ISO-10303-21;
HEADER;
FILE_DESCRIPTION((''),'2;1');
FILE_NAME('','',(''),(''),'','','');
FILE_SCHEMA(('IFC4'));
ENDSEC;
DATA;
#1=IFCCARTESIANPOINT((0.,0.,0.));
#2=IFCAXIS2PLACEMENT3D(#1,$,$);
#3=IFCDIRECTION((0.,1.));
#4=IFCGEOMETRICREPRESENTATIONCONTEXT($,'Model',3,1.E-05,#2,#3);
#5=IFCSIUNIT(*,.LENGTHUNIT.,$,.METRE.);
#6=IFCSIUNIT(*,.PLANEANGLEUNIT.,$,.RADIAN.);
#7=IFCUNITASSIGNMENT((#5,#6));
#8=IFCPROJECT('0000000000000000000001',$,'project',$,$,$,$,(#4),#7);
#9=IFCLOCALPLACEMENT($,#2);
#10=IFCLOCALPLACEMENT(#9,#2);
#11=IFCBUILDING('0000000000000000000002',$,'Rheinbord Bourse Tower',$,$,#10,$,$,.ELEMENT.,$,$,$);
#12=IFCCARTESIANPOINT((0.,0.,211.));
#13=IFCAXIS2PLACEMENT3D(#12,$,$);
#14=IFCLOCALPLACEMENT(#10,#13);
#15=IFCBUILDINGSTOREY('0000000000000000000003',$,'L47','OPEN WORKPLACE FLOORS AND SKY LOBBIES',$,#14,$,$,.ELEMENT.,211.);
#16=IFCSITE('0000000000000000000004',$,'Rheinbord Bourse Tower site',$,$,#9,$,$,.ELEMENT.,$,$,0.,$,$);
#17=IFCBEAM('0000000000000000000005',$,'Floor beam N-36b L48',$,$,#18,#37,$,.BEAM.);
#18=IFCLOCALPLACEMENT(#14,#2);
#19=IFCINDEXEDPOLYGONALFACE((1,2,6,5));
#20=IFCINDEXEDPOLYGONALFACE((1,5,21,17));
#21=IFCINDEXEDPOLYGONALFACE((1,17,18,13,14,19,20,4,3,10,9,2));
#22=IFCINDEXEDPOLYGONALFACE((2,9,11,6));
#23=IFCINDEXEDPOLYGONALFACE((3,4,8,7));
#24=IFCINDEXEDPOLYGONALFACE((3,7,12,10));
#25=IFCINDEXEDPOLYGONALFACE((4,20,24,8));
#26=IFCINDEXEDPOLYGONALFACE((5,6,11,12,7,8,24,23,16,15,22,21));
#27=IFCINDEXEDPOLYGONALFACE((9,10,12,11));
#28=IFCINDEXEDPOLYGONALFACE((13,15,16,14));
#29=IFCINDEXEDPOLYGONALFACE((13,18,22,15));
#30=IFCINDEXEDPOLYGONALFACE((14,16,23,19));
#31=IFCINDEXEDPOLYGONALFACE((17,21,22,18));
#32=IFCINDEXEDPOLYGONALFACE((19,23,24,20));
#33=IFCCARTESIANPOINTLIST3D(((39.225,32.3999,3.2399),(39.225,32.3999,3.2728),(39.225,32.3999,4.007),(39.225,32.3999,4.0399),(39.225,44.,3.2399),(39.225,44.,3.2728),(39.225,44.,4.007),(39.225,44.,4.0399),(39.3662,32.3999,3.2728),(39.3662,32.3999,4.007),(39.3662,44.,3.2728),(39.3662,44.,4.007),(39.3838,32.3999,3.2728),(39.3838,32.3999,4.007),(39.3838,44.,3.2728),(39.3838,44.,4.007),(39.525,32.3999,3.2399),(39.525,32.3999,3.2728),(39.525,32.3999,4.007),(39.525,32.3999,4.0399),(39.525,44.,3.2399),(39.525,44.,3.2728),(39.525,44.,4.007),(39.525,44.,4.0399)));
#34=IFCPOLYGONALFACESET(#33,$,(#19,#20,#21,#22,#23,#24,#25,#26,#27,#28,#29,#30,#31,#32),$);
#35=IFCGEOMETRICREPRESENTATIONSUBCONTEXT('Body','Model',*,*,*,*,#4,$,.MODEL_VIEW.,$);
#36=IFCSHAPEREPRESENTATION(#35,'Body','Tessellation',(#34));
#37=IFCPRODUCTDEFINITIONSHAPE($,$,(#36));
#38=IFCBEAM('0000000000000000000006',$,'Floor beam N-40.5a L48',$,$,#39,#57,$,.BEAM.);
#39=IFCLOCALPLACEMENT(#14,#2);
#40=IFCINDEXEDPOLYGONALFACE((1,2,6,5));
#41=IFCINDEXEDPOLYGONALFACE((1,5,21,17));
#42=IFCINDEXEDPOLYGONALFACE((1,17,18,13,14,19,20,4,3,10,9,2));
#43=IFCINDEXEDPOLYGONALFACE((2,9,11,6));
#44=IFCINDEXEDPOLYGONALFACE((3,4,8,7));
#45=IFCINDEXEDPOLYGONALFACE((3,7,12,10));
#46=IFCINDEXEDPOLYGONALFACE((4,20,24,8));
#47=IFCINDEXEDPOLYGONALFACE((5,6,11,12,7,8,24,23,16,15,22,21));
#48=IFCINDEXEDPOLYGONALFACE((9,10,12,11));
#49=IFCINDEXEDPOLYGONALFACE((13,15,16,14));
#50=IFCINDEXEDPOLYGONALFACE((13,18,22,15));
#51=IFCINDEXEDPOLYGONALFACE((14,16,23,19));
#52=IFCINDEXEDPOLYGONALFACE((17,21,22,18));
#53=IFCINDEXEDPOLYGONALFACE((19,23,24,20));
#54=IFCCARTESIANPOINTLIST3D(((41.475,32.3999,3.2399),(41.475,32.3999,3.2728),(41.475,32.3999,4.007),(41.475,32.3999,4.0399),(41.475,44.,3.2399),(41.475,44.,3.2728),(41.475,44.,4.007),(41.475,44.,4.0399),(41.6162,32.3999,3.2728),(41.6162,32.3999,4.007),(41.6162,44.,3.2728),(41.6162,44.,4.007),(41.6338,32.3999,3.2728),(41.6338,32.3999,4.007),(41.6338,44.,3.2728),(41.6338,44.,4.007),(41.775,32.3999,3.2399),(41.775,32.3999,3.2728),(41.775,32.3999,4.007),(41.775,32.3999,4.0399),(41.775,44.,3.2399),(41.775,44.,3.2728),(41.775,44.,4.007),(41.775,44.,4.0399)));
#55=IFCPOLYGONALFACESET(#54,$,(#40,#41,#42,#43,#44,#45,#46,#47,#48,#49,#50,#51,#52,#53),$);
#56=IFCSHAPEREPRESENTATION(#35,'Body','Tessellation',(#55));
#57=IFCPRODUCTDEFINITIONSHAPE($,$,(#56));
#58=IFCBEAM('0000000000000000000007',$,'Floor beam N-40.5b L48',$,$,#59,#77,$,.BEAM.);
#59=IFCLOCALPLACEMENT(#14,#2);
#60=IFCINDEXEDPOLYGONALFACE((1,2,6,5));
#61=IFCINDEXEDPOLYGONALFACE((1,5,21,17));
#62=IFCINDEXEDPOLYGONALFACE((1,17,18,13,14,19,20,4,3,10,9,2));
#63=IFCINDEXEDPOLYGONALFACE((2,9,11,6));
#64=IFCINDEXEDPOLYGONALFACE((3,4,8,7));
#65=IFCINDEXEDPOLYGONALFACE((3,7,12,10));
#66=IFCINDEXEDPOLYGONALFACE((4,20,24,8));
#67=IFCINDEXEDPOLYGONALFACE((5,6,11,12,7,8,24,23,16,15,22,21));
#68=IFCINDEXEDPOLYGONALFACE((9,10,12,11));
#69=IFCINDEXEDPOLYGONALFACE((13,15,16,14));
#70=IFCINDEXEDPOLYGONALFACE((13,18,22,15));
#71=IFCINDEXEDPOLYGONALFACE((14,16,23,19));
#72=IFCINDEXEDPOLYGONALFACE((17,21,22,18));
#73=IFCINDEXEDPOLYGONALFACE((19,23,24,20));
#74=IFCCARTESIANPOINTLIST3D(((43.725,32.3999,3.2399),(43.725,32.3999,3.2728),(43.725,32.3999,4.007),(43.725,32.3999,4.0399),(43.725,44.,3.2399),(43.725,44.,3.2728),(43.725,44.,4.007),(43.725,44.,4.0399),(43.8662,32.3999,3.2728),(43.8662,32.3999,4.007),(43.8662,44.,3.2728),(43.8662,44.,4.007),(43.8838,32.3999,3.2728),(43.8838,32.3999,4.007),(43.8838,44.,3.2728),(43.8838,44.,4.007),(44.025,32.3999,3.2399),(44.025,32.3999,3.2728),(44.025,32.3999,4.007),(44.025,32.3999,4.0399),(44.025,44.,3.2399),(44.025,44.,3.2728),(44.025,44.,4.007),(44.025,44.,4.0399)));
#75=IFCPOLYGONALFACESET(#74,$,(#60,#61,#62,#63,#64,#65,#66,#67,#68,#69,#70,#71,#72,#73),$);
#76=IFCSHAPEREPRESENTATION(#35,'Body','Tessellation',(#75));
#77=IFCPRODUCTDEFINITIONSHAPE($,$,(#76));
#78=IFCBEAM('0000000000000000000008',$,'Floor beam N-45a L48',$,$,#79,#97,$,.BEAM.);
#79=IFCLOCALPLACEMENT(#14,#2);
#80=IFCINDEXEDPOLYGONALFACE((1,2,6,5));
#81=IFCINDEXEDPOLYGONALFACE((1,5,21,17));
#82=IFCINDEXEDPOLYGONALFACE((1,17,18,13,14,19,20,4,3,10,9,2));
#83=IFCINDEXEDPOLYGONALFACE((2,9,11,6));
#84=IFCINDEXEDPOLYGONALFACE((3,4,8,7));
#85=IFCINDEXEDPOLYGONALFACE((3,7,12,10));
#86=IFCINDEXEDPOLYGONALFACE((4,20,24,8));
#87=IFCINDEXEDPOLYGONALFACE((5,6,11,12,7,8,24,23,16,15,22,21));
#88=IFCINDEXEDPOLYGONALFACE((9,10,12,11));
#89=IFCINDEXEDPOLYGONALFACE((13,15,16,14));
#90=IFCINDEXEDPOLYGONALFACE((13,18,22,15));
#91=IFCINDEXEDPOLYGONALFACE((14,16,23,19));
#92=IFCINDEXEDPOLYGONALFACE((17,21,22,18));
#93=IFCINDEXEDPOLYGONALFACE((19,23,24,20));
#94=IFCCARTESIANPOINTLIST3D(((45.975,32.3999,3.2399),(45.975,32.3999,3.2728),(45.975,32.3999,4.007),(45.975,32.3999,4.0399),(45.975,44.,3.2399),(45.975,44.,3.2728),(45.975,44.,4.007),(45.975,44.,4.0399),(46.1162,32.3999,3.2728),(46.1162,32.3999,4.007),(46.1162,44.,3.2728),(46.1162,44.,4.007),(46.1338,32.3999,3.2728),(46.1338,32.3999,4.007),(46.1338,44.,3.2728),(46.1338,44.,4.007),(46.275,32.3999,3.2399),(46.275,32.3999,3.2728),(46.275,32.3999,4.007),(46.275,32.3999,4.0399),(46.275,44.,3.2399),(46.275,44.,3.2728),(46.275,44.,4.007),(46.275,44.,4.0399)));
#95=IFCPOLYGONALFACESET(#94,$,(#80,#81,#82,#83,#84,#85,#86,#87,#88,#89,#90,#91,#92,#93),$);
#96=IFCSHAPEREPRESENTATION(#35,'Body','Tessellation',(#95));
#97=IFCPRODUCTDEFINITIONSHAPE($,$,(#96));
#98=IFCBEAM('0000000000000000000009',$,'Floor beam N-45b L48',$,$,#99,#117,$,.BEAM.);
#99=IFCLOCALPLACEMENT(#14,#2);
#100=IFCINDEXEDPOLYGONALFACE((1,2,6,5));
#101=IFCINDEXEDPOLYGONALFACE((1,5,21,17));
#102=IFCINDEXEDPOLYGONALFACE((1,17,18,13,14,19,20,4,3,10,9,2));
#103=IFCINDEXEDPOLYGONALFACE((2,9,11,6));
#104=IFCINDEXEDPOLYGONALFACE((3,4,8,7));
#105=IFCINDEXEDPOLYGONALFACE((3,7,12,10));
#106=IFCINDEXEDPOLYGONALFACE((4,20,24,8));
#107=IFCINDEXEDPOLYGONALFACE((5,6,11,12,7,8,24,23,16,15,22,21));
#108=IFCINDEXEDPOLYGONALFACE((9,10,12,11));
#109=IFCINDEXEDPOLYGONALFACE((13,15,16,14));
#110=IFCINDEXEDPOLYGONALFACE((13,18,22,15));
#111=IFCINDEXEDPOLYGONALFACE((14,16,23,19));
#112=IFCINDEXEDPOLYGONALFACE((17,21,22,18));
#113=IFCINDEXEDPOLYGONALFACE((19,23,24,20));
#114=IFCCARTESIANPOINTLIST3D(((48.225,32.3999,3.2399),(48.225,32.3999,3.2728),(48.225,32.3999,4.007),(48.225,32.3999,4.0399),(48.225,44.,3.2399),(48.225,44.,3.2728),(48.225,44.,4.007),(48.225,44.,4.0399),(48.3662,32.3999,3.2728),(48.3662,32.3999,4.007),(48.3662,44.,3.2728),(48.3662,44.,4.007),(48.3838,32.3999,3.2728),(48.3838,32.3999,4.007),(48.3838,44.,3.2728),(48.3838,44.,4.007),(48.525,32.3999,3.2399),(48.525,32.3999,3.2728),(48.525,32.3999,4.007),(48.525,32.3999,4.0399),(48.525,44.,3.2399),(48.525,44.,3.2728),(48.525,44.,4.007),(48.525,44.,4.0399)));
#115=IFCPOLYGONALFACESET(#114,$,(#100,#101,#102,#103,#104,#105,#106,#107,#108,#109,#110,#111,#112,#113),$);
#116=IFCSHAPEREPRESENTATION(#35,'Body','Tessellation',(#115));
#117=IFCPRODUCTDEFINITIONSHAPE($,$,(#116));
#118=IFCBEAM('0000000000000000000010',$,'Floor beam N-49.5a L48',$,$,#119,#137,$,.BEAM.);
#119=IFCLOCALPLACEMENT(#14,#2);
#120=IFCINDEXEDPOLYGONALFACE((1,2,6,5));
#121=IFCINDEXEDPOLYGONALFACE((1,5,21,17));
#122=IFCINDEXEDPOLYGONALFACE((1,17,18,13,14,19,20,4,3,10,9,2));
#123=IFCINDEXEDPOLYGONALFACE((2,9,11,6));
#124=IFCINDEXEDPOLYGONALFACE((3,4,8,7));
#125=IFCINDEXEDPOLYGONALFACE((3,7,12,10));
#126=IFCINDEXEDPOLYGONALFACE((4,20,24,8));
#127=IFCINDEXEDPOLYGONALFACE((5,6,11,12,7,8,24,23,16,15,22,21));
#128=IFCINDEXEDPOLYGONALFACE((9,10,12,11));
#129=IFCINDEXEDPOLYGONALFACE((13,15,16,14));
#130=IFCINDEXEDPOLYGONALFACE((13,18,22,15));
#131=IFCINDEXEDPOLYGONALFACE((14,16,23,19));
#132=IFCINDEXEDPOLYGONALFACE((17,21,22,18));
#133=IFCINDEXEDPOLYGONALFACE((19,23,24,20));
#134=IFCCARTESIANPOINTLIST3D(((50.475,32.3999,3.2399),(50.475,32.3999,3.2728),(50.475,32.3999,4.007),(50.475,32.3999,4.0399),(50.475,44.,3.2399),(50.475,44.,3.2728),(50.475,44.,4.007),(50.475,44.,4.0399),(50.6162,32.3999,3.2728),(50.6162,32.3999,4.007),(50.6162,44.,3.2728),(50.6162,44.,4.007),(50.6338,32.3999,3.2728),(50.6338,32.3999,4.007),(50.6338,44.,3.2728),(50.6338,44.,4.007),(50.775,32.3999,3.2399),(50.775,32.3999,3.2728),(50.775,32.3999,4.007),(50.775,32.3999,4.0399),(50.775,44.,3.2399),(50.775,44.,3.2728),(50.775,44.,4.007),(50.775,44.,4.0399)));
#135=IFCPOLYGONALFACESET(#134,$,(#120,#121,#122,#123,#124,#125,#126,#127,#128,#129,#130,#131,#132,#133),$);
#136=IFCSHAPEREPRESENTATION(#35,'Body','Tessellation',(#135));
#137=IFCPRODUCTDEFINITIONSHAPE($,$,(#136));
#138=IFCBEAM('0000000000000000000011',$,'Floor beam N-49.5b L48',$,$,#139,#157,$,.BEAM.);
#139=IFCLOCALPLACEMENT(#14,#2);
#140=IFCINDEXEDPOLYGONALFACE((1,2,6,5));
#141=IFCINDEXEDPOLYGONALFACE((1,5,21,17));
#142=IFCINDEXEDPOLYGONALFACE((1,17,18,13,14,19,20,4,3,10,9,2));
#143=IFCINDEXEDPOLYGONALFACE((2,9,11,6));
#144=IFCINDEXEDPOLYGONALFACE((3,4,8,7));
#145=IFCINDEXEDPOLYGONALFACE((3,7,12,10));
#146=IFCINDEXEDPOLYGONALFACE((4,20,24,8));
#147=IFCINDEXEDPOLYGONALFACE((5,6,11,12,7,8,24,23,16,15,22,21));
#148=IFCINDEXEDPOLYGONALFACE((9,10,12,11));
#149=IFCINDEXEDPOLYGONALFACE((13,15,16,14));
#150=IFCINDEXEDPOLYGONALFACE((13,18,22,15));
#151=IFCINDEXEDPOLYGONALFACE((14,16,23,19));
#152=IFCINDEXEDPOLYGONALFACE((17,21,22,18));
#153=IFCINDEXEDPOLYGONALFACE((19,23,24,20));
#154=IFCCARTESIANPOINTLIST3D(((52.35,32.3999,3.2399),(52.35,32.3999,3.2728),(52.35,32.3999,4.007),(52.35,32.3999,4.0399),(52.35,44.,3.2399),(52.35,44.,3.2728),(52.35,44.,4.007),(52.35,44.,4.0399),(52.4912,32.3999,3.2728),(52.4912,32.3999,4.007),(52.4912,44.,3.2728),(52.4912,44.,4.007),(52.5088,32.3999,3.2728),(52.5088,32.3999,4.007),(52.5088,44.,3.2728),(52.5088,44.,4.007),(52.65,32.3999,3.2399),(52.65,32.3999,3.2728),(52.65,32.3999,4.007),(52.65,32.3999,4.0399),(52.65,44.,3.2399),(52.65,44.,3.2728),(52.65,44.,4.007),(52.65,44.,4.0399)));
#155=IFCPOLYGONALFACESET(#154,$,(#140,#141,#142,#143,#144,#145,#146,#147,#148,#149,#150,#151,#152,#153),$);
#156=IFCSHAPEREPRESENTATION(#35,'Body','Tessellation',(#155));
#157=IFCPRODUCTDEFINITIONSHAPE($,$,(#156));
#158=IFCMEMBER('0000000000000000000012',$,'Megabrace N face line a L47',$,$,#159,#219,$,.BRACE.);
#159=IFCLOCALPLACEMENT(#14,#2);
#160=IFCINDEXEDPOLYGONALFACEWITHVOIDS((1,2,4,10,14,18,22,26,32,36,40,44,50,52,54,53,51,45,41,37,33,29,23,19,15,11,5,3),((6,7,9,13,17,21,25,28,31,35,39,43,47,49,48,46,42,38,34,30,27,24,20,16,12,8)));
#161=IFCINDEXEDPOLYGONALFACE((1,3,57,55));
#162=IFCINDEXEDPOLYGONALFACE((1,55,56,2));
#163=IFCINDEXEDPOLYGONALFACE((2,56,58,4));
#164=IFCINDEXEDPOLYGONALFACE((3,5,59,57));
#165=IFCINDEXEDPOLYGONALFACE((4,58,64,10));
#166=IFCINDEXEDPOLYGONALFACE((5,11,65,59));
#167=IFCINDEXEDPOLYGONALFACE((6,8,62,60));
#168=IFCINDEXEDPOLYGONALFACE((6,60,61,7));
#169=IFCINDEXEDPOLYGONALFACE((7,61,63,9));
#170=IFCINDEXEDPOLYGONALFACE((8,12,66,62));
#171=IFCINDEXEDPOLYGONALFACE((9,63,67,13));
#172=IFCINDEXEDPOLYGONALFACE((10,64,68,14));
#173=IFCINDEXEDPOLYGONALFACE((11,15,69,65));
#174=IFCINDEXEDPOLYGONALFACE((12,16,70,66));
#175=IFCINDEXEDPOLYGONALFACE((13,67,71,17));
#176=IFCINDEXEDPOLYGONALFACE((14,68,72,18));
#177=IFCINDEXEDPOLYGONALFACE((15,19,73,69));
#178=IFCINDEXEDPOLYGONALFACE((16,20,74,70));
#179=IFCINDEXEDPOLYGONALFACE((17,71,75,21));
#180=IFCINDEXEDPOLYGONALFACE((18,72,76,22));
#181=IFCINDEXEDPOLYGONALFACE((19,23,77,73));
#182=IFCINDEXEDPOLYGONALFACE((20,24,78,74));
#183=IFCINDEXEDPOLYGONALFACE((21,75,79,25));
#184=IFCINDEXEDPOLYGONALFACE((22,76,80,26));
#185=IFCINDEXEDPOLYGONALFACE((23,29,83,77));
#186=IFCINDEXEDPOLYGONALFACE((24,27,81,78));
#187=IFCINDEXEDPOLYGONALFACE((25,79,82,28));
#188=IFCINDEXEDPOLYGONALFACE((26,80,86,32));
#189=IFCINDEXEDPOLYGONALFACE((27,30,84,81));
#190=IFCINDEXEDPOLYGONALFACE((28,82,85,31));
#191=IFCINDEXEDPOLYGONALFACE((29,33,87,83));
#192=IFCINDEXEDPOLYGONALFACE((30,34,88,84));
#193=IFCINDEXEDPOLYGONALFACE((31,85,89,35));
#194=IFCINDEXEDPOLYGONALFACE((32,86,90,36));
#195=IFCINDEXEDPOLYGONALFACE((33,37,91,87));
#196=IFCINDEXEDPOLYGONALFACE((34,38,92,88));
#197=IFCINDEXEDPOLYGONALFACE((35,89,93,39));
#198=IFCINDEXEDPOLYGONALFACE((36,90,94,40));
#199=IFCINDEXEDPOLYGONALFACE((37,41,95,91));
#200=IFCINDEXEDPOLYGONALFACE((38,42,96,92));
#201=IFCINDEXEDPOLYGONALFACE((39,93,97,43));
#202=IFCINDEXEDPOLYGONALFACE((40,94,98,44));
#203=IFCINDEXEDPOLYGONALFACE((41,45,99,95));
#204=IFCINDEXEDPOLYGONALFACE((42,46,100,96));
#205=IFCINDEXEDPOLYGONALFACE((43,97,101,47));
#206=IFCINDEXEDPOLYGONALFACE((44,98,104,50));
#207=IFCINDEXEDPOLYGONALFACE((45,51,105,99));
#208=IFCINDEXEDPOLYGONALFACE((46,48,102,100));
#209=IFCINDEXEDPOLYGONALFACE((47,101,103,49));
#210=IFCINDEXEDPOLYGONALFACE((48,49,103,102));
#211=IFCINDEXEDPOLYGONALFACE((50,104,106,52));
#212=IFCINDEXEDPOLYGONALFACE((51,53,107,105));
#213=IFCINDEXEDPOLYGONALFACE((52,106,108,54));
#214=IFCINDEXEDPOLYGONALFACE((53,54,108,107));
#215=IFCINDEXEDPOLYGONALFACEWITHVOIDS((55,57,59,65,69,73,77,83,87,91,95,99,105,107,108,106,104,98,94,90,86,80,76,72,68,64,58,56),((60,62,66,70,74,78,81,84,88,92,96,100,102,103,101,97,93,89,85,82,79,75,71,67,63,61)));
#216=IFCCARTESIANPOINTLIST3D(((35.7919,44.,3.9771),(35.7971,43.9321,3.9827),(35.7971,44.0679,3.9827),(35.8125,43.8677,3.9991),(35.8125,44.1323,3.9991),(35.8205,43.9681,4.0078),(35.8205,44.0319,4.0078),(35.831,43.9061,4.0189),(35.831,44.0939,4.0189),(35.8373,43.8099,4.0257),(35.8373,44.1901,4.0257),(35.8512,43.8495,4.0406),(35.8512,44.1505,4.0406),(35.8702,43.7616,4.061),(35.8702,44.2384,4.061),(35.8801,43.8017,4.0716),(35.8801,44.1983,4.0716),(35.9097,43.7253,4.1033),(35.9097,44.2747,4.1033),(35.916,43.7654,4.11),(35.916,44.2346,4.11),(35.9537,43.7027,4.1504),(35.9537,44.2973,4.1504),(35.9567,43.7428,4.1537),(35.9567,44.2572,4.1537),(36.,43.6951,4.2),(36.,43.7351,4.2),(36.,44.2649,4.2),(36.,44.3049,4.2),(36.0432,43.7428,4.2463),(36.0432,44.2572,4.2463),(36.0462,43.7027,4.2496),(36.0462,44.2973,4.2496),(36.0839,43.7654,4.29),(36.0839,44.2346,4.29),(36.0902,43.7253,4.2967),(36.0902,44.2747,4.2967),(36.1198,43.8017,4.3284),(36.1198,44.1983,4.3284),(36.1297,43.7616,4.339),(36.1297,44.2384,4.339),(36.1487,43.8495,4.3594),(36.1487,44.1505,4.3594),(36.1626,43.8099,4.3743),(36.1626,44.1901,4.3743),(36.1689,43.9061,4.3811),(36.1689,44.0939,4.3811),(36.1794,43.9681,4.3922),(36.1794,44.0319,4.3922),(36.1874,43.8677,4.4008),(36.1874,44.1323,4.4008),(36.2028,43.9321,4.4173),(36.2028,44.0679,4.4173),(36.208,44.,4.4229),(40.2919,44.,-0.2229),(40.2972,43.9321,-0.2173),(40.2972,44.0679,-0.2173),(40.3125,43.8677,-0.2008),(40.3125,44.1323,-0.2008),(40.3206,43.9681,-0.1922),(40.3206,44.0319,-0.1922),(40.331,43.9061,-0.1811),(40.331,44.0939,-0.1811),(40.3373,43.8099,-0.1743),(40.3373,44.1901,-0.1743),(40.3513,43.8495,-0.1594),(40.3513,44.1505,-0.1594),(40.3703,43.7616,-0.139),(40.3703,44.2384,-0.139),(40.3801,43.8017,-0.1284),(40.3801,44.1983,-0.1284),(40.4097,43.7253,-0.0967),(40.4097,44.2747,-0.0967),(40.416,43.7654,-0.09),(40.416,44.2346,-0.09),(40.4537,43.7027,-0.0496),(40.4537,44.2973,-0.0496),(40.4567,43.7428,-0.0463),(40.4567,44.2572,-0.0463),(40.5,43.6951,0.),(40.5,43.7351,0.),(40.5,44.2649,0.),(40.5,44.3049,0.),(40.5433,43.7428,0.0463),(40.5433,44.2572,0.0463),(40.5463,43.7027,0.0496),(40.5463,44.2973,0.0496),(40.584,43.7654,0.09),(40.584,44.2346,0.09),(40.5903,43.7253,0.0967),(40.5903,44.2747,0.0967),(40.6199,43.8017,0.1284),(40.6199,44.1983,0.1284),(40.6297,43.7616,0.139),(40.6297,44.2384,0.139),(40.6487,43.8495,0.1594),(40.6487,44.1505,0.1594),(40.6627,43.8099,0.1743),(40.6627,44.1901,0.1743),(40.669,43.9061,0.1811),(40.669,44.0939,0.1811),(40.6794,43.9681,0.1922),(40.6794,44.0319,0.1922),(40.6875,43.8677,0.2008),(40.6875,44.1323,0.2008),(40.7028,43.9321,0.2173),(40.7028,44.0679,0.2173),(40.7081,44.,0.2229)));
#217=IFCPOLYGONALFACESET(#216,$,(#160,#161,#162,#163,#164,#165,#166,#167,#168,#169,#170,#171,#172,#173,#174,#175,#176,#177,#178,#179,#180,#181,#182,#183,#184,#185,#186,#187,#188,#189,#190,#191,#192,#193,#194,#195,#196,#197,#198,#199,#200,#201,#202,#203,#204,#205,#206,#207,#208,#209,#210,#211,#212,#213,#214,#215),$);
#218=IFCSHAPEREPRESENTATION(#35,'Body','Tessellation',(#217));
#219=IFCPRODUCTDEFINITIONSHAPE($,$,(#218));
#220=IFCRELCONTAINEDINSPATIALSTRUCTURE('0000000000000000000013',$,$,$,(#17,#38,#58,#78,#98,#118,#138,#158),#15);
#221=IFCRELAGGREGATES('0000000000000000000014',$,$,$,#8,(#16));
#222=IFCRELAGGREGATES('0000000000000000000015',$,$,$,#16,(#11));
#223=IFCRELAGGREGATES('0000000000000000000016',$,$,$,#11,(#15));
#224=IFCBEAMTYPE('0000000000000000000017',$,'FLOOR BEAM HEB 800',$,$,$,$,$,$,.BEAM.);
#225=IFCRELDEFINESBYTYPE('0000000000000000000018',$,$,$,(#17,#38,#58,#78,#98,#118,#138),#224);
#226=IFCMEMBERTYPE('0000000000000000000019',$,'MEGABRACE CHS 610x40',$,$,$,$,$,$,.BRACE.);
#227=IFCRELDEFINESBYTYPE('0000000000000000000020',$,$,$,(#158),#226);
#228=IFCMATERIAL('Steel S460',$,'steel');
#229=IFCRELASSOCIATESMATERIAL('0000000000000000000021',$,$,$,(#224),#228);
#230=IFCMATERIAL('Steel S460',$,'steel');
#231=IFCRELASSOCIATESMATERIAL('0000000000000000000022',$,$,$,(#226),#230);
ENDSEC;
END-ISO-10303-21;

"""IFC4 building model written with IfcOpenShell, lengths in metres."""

from ifc_helpers import new_model, si_unit, direction, frame, origin, origin_2d, place, context, subcontext, project, spatial, hollow_circle, i_section, extrude, material, material_profile, profile_set, type_object, element, save


model = new_model("IFC4")

# Units and contexts
model_context = context("Model", 3, precision=1e-05, world=origin(), true_north=direction((0.0, 1.0)))
body_context = subcontext(model_context, "Body", "Model", "MODEL_VIEW")
ifc_project = project(units=[si_unit("LENGTHUNIT", "METRE"), si_unit("PLANEANGLEUNIT", "RADIAN")], contexts=[model_context])

# Site, building, storey
site_placement = place(None, origin())
site = spatial("IfcSite", under=ifc_project, at=site_placement, Name="Rheinbord Bourse Tower site", CompositionType="ELEMENT", RefElevation=0.0)
building_placement = place(site_placement, origin())
building = spatial("IfcBuilding", under=site, at=building_placement, Name="Rheinbord Bourse Tower", CompositionType="ELEMENT")
storey_placement = place(building_placement, frame((0.0, 0.0, 211.0)))
storey = spatial("IfcBuildingStorey", under=building, at=storey_placement, Name="L47", Description="OPEN WORKPLACE FLOORS AND SKY LOBBIES", CompositionType="ELEMENT", Elevation=211.0)

# Beams
ifc_material_1 = material(Name="Steel S460", Category="steel")
ifc_material_profile_1 = material_profile(ifc_material_1, i_section(OverallWidth=0.3, OverallDepth=0.8, WebThickness=0.0176, FlangeThickness=0.033, at=origin_2d()), Name="HEB 800")
ifc_profile_set_1 = profile_set([ifc_material_profile_1], Name="Steel S460")
beam_type_1 = type_object("IfcBeamType", Name="FLOOR BEAM HEB 800", PredefinedType="BEAM", material=ifc_profile_set_1)
for number, where, z_axis, x_axis, name in (
    (1, (39.375, 44.0, 3.6399), (0.0, -1.0, 0.0), (1.0, 0.0, 0.0), "Floor beam N-36b L48"),
    (2, (41.625, 44.0, 3.6399), (0.0, -1.0, 0.0), (1.0, 0.0, 0.0), "Floor beam N-40.5a L48"),
    (3, (43.875, 44.0, 3.6399), (0.0, -1.0, 0.0), (1.0, 0.0, 0.0), "Floor beam N-40.5b L48"),
    (4, (46.125, 44.0, 3.6399), (0.0, -1.0, 0.0), (1.0, 0.0, 0.0), "Floor beam N-45a L48"),
    (5, (48.375, 44.0, 3.6399), (0.0, -1.0, 0.0), (1.0, 0.0, 0.0), "Floor beam N-45b L48"),
    (6, (50.625, 44.0, 3.6399), (0.0, -1.0, 0.0), (1.0, 0.0, 0.0), "Floor beam N-49.5a L48"),
    (7, (52.5, 44.0, 3.6399), (0.0, -1.0, 0.0), (1.0, 0.0, 0.0), "Floor beam N-49.5b L48"),
):
    element("IfcBeam", number, at=place(storey_placement, frame(where, z_axis=z_axis, x_axis=x_axis)), inside=storey, type_object=beam_type_1, Name=name, PredefinedType="BEAM", context=body_context, shape_type="SweptSolid", body=[
        extrude(i_section(OverallWidth=0.3, OverallDepth=0.8, WebThickness=0.0176, FlangeThickness=0.033, at=origin_2d()), origin(), (0.0, 0.0, 1.0), 11.6001),
    ])

# Member
ifc_material_2 = material(Name="Steel S460", Category="steel")
ifc_material_profile_2 = material_profile(ifc_material_2, hollow_circle(Radius=0.3049, WallThickness=0.04, at=origin_2d()), Name="CHS 610x40")
ifc_profile_set_2 = profile_set([ifc_material_profile_2], Name="Steel S460")
member_type_1 = type_object("IfcMemberType", Name="MEGABRACE CHS 610x40", PredefinedType="BRACE", material=ifc_profile_set_2)
member_1_placement = place(storey_placement, frame((40.5, 44.0, 0.0), z_axis=(-0.731059, 0.0, 0.682314), x_axis=(0.0, -1.0, 0.0)))
element("IfcMember", 8, at=member_1_placement, inside=storey, type_object=member_type_1, Name="Megabrace N face line a L47", PredefinedType="BRACE", context=body_context, shape_type="SweptSolid", body=[
    extrude(hollow_circle(Radius=0.3049, WallThickness=0.04, at=origin_2d()), origin(), (0.0, 0.0, 1.0), 6.1555),
])

save(model, "model.ifc")
